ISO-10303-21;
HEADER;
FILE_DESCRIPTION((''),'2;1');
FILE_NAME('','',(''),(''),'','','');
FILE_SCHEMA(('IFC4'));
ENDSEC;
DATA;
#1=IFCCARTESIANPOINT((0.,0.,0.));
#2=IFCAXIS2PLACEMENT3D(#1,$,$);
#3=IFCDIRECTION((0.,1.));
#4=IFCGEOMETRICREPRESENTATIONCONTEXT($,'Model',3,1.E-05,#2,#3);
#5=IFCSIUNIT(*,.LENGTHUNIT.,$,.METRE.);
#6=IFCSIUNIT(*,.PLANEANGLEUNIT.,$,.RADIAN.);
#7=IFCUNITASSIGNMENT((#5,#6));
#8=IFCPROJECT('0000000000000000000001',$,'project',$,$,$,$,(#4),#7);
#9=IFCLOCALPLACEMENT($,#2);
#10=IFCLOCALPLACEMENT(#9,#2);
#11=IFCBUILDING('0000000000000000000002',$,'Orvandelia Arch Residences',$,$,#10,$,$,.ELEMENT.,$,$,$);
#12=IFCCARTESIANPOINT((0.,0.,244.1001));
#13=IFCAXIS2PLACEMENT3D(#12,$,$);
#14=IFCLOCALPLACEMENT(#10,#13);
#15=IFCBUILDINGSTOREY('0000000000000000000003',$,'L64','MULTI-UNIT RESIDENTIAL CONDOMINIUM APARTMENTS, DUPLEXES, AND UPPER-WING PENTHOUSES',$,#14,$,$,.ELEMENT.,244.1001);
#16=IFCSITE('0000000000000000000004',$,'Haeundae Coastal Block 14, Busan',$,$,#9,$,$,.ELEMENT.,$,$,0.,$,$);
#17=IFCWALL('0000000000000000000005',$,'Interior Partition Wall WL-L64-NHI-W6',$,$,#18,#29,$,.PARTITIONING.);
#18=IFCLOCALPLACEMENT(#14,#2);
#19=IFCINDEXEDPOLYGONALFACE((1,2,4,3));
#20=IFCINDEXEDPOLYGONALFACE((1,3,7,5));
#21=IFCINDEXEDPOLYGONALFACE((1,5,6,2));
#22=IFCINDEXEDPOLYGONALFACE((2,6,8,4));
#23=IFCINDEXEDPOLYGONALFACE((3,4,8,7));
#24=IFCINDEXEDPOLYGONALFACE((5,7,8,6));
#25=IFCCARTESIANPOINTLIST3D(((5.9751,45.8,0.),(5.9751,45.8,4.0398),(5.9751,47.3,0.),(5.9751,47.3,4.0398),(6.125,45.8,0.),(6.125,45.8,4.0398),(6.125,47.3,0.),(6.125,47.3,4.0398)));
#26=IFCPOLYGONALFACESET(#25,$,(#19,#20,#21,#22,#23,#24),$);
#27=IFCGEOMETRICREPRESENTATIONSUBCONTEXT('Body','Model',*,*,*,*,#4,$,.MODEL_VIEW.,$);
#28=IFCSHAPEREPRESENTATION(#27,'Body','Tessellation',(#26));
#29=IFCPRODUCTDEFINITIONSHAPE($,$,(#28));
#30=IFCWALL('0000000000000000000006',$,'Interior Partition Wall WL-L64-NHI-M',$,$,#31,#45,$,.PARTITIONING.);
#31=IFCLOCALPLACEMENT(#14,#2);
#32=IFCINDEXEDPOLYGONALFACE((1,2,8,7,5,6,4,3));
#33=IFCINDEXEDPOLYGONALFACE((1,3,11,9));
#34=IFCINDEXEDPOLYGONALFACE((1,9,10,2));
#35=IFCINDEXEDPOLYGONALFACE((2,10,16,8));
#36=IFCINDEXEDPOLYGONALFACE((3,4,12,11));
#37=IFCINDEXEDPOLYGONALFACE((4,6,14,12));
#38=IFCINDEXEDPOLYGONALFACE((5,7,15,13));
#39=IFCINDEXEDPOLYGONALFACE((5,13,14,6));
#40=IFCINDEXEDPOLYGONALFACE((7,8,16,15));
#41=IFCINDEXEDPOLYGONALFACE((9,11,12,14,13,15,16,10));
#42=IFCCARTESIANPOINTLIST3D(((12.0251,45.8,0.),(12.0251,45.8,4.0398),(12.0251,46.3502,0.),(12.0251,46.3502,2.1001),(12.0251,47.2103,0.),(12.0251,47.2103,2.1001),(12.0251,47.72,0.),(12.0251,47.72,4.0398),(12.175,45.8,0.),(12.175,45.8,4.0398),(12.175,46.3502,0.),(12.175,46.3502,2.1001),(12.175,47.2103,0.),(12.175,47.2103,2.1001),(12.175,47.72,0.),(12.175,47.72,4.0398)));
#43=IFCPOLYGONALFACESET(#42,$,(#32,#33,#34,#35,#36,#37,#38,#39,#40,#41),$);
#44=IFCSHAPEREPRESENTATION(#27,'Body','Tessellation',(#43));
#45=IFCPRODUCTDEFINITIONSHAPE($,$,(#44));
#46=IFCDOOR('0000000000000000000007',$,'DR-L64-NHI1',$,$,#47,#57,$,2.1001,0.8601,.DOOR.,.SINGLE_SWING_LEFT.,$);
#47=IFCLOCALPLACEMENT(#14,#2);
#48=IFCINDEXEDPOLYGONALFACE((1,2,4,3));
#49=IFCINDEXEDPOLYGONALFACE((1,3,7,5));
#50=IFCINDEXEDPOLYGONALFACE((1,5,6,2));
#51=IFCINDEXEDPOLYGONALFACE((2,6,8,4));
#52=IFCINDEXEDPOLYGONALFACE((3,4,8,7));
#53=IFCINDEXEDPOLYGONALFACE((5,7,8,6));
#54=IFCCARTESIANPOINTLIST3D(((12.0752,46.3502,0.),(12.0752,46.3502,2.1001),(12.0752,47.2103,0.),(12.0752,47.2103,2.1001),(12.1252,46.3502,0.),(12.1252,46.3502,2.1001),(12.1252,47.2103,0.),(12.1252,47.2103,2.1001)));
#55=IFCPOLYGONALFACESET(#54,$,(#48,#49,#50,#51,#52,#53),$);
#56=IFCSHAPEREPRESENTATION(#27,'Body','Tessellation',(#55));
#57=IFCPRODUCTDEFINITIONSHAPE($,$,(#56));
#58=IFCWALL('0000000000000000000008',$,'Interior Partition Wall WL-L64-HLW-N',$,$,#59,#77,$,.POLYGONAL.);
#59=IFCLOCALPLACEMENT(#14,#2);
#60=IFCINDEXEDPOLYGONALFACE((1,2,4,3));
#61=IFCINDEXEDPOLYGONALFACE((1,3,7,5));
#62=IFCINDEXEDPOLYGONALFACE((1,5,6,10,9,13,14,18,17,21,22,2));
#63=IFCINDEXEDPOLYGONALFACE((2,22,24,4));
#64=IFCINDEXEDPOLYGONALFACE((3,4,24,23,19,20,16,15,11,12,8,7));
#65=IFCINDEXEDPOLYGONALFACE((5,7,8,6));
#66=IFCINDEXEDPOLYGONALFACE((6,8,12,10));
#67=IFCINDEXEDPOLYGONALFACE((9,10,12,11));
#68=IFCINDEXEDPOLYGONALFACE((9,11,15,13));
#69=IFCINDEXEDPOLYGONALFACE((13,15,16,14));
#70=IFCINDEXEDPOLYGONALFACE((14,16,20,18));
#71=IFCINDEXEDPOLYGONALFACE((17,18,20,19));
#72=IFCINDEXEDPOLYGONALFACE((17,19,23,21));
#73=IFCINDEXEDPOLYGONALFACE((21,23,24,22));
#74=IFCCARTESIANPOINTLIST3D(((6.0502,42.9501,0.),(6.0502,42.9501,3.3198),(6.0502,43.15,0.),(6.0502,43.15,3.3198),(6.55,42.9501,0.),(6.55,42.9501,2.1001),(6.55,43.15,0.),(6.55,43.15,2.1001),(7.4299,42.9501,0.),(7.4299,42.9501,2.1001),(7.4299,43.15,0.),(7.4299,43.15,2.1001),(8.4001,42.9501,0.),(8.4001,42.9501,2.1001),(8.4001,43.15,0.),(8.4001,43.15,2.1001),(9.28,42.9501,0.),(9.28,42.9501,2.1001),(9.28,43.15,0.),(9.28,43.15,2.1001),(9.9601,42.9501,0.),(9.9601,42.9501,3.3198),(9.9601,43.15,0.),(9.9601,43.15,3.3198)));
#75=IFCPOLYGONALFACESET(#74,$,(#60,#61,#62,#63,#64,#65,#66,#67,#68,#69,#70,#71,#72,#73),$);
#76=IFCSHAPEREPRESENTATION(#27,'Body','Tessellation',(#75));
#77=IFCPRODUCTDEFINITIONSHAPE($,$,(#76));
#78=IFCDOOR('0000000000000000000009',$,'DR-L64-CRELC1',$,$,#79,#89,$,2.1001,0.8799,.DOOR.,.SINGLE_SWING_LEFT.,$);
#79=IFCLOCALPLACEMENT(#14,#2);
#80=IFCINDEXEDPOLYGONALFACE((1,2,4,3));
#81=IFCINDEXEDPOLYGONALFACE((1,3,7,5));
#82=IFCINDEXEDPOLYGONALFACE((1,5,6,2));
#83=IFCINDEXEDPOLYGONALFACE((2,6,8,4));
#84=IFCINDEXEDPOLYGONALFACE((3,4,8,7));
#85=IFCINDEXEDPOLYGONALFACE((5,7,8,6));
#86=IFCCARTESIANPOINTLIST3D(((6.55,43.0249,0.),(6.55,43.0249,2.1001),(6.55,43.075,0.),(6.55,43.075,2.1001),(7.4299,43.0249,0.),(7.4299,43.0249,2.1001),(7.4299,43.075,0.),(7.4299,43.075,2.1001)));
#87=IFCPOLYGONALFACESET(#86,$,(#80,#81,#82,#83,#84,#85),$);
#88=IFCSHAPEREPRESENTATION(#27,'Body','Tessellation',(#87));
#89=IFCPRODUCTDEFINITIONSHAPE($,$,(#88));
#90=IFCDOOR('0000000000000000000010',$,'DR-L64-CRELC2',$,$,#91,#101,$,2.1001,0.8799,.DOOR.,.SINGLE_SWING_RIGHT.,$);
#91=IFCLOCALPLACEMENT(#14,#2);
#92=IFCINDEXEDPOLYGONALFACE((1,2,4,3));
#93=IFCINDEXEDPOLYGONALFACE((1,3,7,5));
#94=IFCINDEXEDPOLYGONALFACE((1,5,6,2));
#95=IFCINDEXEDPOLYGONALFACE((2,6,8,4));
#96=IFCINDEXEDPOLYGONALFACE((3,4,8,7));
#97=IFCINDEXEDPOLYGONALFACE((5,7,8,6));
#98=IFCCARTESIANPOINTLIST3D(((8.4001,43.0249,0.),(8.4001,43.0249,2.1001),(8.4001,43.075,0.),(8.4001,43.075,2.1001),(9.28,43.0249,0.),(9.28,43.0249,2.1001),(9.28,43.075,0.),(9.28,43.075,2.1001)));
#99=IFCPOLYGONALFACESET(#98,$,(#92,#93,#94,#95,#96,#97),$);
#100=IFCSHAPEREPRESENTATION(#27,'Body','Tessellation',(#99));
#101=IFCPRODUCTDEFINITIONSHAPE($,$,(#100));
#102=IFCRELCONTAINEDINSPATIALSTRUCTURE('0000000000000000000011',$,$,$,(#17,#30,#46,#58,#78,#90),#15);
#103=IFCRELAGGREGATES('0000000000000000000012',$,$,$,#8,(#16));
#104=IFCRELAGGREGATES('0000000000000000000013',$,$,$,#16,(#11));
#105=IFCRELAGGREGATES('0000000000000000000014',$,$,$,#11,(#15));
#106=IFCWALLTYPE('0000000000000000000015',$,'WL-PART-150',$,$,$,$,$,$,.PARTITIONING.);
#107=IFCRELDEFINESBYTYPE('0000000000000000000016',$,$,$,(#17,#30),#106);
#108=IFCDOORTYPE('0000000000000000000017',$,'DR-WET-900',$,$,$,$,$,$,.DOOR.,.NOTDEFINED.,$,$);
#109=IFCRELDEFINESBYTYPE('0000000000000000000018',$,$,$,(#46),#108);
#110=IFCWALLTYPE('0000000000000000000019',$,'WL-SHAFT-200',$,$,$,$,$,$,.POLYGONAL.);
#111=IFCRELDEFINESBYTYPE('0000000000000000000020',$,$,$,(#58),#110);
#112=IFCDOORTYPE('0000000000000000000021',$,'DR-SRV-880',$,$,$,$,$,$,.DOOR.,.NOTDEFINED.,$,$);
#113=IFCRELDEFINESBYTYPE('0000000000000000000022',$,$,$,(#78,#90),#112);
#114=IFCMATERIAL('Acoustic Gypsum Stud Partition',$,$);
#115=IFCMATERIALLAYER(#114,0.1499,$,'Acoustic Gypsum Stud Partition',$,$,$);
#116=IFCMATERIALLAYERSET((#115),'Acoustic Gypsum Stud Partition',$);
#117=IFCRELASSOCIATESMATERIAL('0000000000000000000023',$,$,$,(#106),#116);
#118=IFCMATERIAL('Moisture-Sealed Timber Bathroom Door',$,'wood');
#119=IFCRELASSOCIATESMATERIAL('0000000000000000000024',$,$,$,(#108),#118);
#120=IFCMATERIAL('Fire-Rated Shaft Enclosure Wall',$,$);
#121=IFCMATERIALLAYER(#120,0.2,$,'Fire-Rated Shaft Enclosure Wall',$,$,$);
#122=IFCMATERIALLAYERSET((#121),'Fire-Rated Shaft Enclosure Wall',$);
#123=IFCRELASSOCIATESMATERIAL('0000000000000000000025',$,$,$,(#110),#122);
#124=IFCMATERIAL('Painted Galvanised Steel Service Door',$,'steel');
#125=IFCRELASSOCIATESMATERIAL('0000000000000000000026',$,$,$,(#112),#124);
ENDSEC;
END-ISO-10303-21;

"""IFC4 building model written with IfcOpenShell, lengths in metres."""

from ifc_helpers import new_model, si_unit, direction, frame, frame_2d, origin, place, context, subcontext, project, spatial, rectangle, extrude, material, layer, layer_set, type_object, element, fill, save


model = new_model("IFC4")

# Units and contexts
model_context = context("Model", 3, precision=1e-05, world=origin(), true_north=direction((0.0, 1.0)))
body_context = subcontext(model_context, "Body", "Model", "MODEL_VIEW")
ifc_project = project(units=[si_unit("LENGTHUNIT", "METRE"), si_unit("PLANEANGLEUNIT", "RADIAN")], contexts=[model_context])

# Site, building, storey
site_placement = place(None, origin())
site = spatial("IfcSite", under=ifc_project, at=site_placement, Name="Haeundae Coastal Block 14, Busan", CompositionType="ELEMENT", RefElevation=0.0)
building_placement = place(site_placement, origin())
building = spatial("IfcBuilding", under=site, at=building_placement, Name="Orvandelia Arch Residences", CompositionType="ELEMENT")
storey_placement = place(building_placement, frame((0.0, 0.0, 244.1001)))
storey = spatial("IfcBuildingStorey", under=building, at=storey_placement, Name="L64", Description="MULTI-UNIT RESIDENTIAL CONDOMINIUM APARTMENTS, DUPLEXES, AND UPPER-WING PENTHOUSES", CompositionType="ELEMENT", Elevation=244.1001)

# Wall
ifc_material_1 = material(Name="Acoustic Gypsum Stud Partition")
ifc_layer_1 = layer(ifc_material_1, 0.1499, Name="Acoustic Gypsum Stud Partition")
ifc_layer_set_1 = layer_set([ifc_layer_1], Name="Acoustic Gypsum Stud Partition")
wall_type_1 = type_object("IfcWallType", Name="WL-PART-150", PredefinedType="PARTITIONING", material=ifc_layer_set_1)
wall_1_placement = place(storey_placement, frame((6.05, 45.8, 0.0), z_axis=(0.0, 0.0, 1.0), x_axis=(0.0, 1.0, 0.0)))
element("IfcWall", 1, at=wall_1_placement, inside=storey, type_object=wall_type_1, Name="Interior Partition Wall WL-L64-NHI-W6", PredefinedType="PARTITIONING", context=body_context, shape_type="SweptSolid", body=[
    extrude(rectangle(XDim=1.5, YDim=0.1499, at=frame_2d((0.75, 0.0))), origin(), (0.0, 0.0, 1.0), 4.0398),
])

# Wall, opening, door
wall_2_placement = place(storey_placement, frame((12.1001, 45.8, 0.0), z_axis=(0.0, 0.0, 1.0), x_axis=(0.0, 1.0, 0.0)))
wall_2 = element("IfcWall", 2, at=wall_2_placement, inside=storey, type_object=wall_type_1, Name="Interior Partition Wall WL-L64-NHI-M", PredefinedType="PARTITIONING", context=body_context, shape_type="SweptSolid", body=[
    extrude(rectangle(XDim=1.9199, YDim=0.1499, at=frame_2d((0.96, 0.0))), origin(), (0.0, 0.0, 1.0), 4.0398),
])
opening_1_placement = place(wall_2_placement, frame((0.55, 0.0, 0.0)))
opening_1 = element("IfcOpeningElement", 3, at=opening_1_placement, cuts=wall_2, PredefinedType="OPENING", context=body_context, shape_type="SweptSolid", body=[
    extrude(rectangle(XDim=0.8601, YDim=2.1001, at=frame_2d((0.4302, 1.05))), frame((0.0, 0.085, 0.0), z_axis=(0.0, -1.0, 0.0), x_axis=(1.0, 0.0, 0.0)), (0.0, 0.0, 1.0), 0.1699),
])
ifc_material_2 = material(Name="Moisture-Sealed Timber Bathroom Door", Category="wood")
door_type_1 = type_object("IfcDoorType", Name="DR-WET-900", OperationType="NOTDEFINED", PredefinedType="DOOR", material=ifc_material_2)
door_1_placement = place(opening_1_placement, origin())
door_1 = element("IfcDoor", 4, at=door_1_placement, inside=storey, type_object=door_type_1, Name="DR-L64-NHI1", OperationType="SINGLE_SWING_LEFT", OverallHeight=2.1001, OverallWidth=0.8601, PredefinedType="DOOR", context=body_context, shape_type="SweptSolid", body=[
    extrude(rectangle(XDim=0.8601, YDim=2.1001, at=frame_2d((0.4302, 1.05))), frame((0.0, 0.0249, 0.0), z_axis=(0.0, -1.0, 0.0), x_axis=(1.0, 0.0, 0.0)), (0.0, 0.0, 1.0), 0.05),
])
fill(opening_1, door_1)

# Wall, openings, doors
ifc_material_3 = material(Name="Fire-Rated Shaft Enclosure Wall")
ifc_layer_2 = layer(ifc_material_3, 0.2, Name="Fire-Rated Shaft Enclosure Wall")
ifc_layer_set_2 = layer_set([ifc_layer_2], Name="Fire-Rated Shaft Enclosure Wall")
wall_type_2 = type_object("IfcWallType", Name="WL-SHAFT-200", PredefinedType="POLYGONAL", material=ifc_layer_set_2)
wall_3_placement = place(storey_placement, frame((6.05, 43.05, 0.0), z_axis=(0.0, 0.0, 1.0), x_axis=(1.0, 0.0, 0.0)))
wall_3 = element("IfcWall", 5, at=wall_3_placement, inside=storey, type_object=wall_type_2, Name="Interior Partition Wall WL-L64-HLW-N", PredefinedType="POLYGONAL", context=body_context, shape_type="SweptSolid", body=[
    extrude(rectangle(XDim=3.9099, YDim=0.2, at=frame_2d((1.9551, 0.0))), origin(), (0.0, 0.0, 1.0), 3.3198),
])
opening_2_placement = place(wall_3_placement, frame((0.5, 0.0, 0.0)))
opening_2 = element("IfcOpeningElement", 6, at=opening_2_placement, cuts=wall_3, PredefinedType="OPENING", context=body_context, shape_type="SweptSolid", body=[
    extrude(rectangle(XDim=0.8799, YDim=2.1001, at=frame_2d((0.4399, 1.05))), frame((0.0, 0.1099, 0.0), z_axis=(0.0, -1.0, 0.0), x_axis=(1.0, 0.0, 0.0)), (0.0, 0.0, 1.0), 0.22),
])
opening_3_placement = place(wall_3_placement, frame((2.3501, 0.0, 0.0)))
opening_3 = element("IfcOpeningElement", 7, at=opening_3_placement, cuts=wall_3, PredefinedType="OPENING", context=body_context, shape_type="SweptSolid", body=[
    extrude(rectangle(XDim=0.8799, YDim=2.1001, at=frame_2d((0.4399, 1.05))), frame((0.0, 0.1099, 0.0), z_axis=(0.0, -1.0, 0.0), x_axis=(1.0, 0.0, 0.0)), (0.0, 0.0, 1.0), 0.22),
])
ifc_material_4 = material(Name="Painted Galvanised Steel Service Door", Category="steel")
door_type_2 = type_object("IfcDoorType", Name="DR-SRV-880", OperationType="NOTDEFINED", PredefinedType="DOOR", material=ifc_material_4)
door_2_placement = place(opening_2_placement, origin())
door_2 = element("IfcDoor", 8, at=door_2_placement, inside=storey, type_object=door_type_2, Name="DR-L64-CRELC1", OperationType="SINGLE_SWING_LEFT", OverallHeight=2.1001, OverallWidth=0.8799, PredefinedType="DOOR", context=body_context, shape_type="SweptSolid", body=[
    extrude(rectangle(XDim=0.8799, YDim=2.1001, at=frame_2d((0.4399, 1.05))), frame((0.0, 0.0249, 0.0), z_axis=(0.0, -1.0, 0.0), x_axis=(1.0, 0.0, 0.0)), (0.0, 0.0, 1.0), 0.05),
])
fill(opening_2, door_2)
door_3_placement = place(opening_3_placement, origin())
door_3 = element("IfcDoor", 9, at=door_3_placement, inside=storey, type_object=door_type_2, Name="DR-L64-CRELC2", OperationType="SINGLE_SWING_RIGHT", OverallHeight=2.1001, OverallWidth=0.8799, PredefinedType="DOOR", context=body_context, shape_type="SweptSolid", body=[
    extrude(rectangle(XDim=0.8799, YDim=2.1001, at=frame_2d((0.4399, 1.05))), frame((0.0, 0.0249, 0.0), z_axis=(0.0, -1.0, 0.0), x_axis=(1.0, 0.0, 0.0)), (0.0, 0.0, 1.0), 0.05),
])
fill(opening_3, door_3)

save(model, "model.ifc")
